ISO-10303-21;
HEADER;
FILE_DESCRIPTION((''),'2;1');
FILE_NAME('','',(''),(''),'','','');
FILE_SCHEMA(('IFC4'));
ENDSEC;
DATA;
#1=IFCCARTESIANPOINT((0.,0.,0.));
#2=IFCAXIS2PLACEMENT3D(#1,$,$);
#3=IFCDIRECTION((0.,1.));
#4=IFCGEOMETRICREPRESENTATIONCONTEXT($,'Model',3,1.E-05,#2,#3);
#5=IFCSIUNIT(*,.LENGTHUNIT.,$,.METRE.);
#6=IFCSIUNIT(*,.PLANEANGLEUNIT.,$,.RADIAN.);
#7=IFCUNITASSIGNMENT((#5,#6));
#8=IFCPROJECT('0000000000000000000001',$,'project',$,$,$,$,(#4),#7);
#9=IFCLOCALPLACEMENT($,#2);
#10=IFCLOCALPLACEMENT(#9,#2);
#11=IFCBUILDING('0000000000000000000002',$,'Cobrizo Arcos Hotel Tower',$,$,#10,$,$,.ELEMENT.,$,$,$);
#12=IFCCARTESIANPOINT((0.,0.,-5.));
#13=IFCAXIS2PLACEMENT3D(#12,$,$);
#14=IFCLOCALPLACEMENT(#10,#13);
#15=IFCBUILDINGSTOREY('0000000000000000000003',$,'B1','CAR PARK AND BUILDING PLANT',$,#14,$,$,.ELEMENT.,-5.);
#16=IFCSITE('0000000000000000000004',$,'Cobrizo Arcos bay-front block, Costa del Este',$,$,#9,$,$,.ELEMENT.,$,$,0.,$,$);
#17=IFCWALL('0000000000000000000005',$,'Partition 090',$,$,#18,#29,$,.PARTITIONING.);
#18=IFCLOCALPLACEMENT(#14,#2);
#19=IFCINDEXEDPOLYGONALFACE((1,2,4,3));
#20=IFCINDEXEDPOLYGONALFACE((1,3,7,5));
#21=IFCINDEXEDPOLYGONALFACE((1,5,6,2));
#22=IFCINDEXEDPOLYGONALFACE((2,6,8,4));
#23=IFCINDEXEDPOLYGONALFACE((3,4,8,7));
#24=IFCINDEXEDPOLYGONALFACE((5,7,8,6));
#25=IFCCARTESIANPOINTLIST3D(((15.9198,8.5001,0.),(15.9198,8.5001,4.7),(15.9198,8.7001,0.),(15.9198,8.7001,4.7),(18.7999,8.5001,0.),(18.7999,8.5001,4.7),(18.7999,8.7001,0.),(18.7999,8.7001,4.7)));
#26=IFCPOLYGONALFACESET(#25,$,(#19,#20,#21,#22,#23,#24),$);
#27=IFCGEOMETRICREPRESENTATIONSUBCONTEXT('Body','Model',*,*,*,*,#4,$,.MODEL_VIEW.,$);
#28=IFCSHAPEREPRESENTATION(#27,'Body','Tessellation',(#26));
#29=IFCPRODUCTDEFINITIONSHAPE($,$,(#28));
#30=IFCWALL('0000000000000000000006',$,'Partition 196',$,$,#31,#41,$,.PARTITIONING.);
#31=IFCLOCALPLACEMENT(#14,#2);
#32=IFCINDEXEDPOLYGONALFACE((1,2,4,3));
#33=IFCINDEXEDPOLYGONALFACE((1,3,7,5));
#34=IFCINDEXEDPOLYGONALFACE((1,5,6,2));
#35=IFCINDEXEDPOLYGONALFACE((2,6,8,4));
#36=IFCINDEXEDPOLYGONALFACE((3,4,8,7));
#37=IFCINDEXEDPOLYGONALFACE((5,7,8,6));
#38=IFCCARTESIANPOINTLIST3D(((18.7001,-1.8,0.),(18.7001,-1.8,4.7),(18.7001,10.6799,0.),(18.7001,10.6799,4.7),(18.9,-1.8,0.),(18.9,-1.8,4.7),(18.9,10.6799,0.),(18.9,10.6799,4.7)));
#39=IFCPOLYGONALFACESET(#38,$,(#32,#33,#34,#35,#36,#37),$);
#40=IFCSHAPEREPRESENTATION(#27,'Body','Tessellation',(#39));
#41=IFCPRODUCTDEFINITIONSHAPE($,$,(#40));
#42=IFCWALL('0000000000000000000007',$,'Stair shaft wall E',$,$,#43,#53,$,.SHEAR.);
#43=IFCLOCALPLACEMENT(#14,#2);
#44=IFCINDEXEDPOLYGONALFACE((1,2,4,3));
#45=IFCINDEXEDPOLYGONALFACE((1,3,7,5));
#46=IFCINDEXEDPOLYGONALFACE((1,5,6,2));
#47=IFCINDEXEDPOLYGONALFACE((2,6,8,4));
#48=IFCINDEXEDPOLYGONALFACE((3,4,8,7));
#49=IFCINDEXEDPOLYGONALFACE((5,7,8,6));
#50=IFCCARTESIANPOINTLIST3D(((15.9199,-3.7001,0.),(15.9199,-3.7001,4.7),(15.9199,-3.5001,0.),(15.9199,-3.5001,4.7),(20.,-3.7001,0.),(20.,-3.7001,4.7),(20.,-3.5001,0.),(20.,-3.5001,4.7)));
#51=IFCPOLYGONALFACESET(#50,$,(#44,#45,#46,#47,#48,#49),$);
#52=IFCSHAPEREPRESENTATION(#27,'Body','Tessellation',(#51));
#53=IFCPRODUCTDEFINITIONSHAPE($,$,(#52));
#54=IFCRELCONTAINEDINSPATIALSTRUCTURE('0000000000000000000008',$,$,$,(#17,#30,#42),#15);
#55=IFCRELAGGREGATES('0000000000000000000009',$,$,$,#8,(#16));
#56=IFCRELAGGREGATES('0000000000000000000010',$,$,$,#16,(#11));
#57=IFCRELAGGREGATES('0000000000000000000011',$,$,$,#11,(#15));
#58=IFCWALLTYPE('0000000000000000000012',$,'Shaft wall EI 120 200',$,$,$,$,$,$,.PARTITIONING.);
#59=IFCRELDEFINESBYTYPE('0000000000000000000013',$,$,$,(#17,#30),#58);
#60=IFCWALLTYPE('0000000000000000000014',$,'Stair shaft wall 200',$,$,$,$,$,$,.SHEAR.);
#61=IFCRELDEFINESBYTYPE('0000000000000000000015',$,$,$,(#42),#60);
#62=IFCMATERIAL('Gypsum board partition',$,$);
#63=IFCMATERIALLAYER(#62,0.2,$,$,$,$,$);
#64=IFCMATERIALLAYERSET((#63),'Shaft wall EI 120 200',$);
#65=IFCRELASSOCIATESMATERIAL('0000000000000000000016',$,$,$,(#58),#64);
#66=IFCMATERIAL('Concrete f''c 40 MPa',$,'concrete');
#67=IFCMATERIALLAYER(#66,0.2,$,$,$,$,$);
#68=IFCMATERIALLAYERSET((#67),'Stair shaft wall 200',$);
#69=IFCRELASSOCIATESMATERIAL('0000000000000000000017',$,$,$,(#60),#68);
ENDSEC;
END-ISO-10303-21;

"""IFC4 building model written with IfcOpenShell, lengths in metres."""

from ifc_helpers import new_model, si_unit, direction, frame, frame_2d, origin, place, context, subcontext, project, spatial, rectangle, extrude, material, layer, layer_set, type_object, element, save


model = new_model("IFC4")

# Units and contexts
model_context = context("Model", 3, precision=1e-05, world=origin(), true_north=direction((0.0, 1.0)))
body_context = subcontext(model_context, "Body", "Model", "MODEL_VIEW")
ifc_project = project(units=[si_unit("LENGTHUNIT", "METRE"), si_unit("PLANEANGLEUNIT", "RADIAN")], contexts=[model_context])

# Site, building, storey
site_placement = place(None, origin())
site = spatial("IfcSite", under=ifc_project, at=site_placement, Name="Cobrizo Arcos bay-front block, Costa del Este", CompositionType="ELEMENT", RefElevation=0.0)
building_placement = place(site_placement, origin())
building = spatial("IfcBuilding", under=site, at=building_placement, Name="Cobrizo Arcos Hotel Tower", CompositionType="ELEMENT")
storey_placement = place(building_placement, frame((0.0, 0.0, -5.0)))
storey = spatial("IfcBuildingStorey", under=building, at=storey_placement, Name="B1", Description="CAR PARK AND BUILDING PLANT", CompositionType="ELEMENT", Elevation=-5.0)

# Shared definitions
ifc_material_1 = material(Name="Gypsum board partition")

# Shared definitions
ifc_layer_1 = layer(ifc_material_1, 0.2)
ifc_layer_set_1 = layer_set([ifc_layer_1], Name="Shaft wall EI 120 200")
wall_type_1 = type_object("IfcWallType", Name="Shaft wall EI 120 200", PredefinedType="PARTITIONING", material=ifc_layer_set_1)

# Walls
for number, where, z_axis, x_axis, name in (
    (1, (15.9199, 8.6001, 0.0), (0.0, 0.0, 1.0), (1.0, 0.0, 0.0), "Partition 090"),
):
    element("IfcWall", number, at=place(storey_placement, frame(where, z_axis=z_axis, x_axis=x_axis)), inside=storey, type_object=wall_type_1, Name=name, PredefinedType="PARTITIONING", context=body_context, shape_type="SweptSolid", body=[
        extrude(rectangle(XDim=2.8801, YDim=0.2, at=frame_2d((1.4399, 0.0))), origin(), (0.0, 0.0, 1.0), 4.7),
    ])
wall_1_placement = place(storey_placement, frame((18.8, -1.8, 0.0), z_axis=(0.0, 0.0, 1.0), x_axis=(0.0, 1.0, 0.0)))
element("IfcWall", 2, at=wall_1_placement, inside=storey, type_object=wall_type_1, Name="Partition 196", PredefinedType="PARTITIONING", context=body_context, shape_type="SweptSolid", body=[
    extrude(rectangle(XDim=12.48, YDim=0.2, at=frame_2d((6.24, 0.0))), origin(), (0.0, 0.0, 1.0), 4.7),
])
ifc_material_2 = material(Name="Concrete f'c 40 MPa", Category="concrete")
ifc_layer_2 = layer(ifc_material_2, 0.2)
ifc_layer_set_2 = layer_set([ifc_layer_2], Name="Stair shaft wall 200")
wall_type_2 = type_object("IfcWallType", Name="Stair shaft wall 200", PredefinedType="SHEAR", material=ifc_layer_set_2)
wall_2_placement = place(storey_placement, frame((15.9199, -3.6001, 0.0), z_axis=(0.0, 0.0, 1.0), x_axis=(1.0, 0.0, 0.0)))
element("IfcWall", 3, at=wall_2_placement, inside=storey, type_object=wall_type_2, Name="Stair shaft wall E", PredefinedType="SHEAR", context=body_context, shape_type="SweptSolid", body=[
    extrude(rectangle(XDim=4.0801, YDim=0.2, at=frame_2d((2.04, 0.0))), origin(), (0.0, 0.0, 1.0), 4.7),
])

save(model, "model.ifc")
